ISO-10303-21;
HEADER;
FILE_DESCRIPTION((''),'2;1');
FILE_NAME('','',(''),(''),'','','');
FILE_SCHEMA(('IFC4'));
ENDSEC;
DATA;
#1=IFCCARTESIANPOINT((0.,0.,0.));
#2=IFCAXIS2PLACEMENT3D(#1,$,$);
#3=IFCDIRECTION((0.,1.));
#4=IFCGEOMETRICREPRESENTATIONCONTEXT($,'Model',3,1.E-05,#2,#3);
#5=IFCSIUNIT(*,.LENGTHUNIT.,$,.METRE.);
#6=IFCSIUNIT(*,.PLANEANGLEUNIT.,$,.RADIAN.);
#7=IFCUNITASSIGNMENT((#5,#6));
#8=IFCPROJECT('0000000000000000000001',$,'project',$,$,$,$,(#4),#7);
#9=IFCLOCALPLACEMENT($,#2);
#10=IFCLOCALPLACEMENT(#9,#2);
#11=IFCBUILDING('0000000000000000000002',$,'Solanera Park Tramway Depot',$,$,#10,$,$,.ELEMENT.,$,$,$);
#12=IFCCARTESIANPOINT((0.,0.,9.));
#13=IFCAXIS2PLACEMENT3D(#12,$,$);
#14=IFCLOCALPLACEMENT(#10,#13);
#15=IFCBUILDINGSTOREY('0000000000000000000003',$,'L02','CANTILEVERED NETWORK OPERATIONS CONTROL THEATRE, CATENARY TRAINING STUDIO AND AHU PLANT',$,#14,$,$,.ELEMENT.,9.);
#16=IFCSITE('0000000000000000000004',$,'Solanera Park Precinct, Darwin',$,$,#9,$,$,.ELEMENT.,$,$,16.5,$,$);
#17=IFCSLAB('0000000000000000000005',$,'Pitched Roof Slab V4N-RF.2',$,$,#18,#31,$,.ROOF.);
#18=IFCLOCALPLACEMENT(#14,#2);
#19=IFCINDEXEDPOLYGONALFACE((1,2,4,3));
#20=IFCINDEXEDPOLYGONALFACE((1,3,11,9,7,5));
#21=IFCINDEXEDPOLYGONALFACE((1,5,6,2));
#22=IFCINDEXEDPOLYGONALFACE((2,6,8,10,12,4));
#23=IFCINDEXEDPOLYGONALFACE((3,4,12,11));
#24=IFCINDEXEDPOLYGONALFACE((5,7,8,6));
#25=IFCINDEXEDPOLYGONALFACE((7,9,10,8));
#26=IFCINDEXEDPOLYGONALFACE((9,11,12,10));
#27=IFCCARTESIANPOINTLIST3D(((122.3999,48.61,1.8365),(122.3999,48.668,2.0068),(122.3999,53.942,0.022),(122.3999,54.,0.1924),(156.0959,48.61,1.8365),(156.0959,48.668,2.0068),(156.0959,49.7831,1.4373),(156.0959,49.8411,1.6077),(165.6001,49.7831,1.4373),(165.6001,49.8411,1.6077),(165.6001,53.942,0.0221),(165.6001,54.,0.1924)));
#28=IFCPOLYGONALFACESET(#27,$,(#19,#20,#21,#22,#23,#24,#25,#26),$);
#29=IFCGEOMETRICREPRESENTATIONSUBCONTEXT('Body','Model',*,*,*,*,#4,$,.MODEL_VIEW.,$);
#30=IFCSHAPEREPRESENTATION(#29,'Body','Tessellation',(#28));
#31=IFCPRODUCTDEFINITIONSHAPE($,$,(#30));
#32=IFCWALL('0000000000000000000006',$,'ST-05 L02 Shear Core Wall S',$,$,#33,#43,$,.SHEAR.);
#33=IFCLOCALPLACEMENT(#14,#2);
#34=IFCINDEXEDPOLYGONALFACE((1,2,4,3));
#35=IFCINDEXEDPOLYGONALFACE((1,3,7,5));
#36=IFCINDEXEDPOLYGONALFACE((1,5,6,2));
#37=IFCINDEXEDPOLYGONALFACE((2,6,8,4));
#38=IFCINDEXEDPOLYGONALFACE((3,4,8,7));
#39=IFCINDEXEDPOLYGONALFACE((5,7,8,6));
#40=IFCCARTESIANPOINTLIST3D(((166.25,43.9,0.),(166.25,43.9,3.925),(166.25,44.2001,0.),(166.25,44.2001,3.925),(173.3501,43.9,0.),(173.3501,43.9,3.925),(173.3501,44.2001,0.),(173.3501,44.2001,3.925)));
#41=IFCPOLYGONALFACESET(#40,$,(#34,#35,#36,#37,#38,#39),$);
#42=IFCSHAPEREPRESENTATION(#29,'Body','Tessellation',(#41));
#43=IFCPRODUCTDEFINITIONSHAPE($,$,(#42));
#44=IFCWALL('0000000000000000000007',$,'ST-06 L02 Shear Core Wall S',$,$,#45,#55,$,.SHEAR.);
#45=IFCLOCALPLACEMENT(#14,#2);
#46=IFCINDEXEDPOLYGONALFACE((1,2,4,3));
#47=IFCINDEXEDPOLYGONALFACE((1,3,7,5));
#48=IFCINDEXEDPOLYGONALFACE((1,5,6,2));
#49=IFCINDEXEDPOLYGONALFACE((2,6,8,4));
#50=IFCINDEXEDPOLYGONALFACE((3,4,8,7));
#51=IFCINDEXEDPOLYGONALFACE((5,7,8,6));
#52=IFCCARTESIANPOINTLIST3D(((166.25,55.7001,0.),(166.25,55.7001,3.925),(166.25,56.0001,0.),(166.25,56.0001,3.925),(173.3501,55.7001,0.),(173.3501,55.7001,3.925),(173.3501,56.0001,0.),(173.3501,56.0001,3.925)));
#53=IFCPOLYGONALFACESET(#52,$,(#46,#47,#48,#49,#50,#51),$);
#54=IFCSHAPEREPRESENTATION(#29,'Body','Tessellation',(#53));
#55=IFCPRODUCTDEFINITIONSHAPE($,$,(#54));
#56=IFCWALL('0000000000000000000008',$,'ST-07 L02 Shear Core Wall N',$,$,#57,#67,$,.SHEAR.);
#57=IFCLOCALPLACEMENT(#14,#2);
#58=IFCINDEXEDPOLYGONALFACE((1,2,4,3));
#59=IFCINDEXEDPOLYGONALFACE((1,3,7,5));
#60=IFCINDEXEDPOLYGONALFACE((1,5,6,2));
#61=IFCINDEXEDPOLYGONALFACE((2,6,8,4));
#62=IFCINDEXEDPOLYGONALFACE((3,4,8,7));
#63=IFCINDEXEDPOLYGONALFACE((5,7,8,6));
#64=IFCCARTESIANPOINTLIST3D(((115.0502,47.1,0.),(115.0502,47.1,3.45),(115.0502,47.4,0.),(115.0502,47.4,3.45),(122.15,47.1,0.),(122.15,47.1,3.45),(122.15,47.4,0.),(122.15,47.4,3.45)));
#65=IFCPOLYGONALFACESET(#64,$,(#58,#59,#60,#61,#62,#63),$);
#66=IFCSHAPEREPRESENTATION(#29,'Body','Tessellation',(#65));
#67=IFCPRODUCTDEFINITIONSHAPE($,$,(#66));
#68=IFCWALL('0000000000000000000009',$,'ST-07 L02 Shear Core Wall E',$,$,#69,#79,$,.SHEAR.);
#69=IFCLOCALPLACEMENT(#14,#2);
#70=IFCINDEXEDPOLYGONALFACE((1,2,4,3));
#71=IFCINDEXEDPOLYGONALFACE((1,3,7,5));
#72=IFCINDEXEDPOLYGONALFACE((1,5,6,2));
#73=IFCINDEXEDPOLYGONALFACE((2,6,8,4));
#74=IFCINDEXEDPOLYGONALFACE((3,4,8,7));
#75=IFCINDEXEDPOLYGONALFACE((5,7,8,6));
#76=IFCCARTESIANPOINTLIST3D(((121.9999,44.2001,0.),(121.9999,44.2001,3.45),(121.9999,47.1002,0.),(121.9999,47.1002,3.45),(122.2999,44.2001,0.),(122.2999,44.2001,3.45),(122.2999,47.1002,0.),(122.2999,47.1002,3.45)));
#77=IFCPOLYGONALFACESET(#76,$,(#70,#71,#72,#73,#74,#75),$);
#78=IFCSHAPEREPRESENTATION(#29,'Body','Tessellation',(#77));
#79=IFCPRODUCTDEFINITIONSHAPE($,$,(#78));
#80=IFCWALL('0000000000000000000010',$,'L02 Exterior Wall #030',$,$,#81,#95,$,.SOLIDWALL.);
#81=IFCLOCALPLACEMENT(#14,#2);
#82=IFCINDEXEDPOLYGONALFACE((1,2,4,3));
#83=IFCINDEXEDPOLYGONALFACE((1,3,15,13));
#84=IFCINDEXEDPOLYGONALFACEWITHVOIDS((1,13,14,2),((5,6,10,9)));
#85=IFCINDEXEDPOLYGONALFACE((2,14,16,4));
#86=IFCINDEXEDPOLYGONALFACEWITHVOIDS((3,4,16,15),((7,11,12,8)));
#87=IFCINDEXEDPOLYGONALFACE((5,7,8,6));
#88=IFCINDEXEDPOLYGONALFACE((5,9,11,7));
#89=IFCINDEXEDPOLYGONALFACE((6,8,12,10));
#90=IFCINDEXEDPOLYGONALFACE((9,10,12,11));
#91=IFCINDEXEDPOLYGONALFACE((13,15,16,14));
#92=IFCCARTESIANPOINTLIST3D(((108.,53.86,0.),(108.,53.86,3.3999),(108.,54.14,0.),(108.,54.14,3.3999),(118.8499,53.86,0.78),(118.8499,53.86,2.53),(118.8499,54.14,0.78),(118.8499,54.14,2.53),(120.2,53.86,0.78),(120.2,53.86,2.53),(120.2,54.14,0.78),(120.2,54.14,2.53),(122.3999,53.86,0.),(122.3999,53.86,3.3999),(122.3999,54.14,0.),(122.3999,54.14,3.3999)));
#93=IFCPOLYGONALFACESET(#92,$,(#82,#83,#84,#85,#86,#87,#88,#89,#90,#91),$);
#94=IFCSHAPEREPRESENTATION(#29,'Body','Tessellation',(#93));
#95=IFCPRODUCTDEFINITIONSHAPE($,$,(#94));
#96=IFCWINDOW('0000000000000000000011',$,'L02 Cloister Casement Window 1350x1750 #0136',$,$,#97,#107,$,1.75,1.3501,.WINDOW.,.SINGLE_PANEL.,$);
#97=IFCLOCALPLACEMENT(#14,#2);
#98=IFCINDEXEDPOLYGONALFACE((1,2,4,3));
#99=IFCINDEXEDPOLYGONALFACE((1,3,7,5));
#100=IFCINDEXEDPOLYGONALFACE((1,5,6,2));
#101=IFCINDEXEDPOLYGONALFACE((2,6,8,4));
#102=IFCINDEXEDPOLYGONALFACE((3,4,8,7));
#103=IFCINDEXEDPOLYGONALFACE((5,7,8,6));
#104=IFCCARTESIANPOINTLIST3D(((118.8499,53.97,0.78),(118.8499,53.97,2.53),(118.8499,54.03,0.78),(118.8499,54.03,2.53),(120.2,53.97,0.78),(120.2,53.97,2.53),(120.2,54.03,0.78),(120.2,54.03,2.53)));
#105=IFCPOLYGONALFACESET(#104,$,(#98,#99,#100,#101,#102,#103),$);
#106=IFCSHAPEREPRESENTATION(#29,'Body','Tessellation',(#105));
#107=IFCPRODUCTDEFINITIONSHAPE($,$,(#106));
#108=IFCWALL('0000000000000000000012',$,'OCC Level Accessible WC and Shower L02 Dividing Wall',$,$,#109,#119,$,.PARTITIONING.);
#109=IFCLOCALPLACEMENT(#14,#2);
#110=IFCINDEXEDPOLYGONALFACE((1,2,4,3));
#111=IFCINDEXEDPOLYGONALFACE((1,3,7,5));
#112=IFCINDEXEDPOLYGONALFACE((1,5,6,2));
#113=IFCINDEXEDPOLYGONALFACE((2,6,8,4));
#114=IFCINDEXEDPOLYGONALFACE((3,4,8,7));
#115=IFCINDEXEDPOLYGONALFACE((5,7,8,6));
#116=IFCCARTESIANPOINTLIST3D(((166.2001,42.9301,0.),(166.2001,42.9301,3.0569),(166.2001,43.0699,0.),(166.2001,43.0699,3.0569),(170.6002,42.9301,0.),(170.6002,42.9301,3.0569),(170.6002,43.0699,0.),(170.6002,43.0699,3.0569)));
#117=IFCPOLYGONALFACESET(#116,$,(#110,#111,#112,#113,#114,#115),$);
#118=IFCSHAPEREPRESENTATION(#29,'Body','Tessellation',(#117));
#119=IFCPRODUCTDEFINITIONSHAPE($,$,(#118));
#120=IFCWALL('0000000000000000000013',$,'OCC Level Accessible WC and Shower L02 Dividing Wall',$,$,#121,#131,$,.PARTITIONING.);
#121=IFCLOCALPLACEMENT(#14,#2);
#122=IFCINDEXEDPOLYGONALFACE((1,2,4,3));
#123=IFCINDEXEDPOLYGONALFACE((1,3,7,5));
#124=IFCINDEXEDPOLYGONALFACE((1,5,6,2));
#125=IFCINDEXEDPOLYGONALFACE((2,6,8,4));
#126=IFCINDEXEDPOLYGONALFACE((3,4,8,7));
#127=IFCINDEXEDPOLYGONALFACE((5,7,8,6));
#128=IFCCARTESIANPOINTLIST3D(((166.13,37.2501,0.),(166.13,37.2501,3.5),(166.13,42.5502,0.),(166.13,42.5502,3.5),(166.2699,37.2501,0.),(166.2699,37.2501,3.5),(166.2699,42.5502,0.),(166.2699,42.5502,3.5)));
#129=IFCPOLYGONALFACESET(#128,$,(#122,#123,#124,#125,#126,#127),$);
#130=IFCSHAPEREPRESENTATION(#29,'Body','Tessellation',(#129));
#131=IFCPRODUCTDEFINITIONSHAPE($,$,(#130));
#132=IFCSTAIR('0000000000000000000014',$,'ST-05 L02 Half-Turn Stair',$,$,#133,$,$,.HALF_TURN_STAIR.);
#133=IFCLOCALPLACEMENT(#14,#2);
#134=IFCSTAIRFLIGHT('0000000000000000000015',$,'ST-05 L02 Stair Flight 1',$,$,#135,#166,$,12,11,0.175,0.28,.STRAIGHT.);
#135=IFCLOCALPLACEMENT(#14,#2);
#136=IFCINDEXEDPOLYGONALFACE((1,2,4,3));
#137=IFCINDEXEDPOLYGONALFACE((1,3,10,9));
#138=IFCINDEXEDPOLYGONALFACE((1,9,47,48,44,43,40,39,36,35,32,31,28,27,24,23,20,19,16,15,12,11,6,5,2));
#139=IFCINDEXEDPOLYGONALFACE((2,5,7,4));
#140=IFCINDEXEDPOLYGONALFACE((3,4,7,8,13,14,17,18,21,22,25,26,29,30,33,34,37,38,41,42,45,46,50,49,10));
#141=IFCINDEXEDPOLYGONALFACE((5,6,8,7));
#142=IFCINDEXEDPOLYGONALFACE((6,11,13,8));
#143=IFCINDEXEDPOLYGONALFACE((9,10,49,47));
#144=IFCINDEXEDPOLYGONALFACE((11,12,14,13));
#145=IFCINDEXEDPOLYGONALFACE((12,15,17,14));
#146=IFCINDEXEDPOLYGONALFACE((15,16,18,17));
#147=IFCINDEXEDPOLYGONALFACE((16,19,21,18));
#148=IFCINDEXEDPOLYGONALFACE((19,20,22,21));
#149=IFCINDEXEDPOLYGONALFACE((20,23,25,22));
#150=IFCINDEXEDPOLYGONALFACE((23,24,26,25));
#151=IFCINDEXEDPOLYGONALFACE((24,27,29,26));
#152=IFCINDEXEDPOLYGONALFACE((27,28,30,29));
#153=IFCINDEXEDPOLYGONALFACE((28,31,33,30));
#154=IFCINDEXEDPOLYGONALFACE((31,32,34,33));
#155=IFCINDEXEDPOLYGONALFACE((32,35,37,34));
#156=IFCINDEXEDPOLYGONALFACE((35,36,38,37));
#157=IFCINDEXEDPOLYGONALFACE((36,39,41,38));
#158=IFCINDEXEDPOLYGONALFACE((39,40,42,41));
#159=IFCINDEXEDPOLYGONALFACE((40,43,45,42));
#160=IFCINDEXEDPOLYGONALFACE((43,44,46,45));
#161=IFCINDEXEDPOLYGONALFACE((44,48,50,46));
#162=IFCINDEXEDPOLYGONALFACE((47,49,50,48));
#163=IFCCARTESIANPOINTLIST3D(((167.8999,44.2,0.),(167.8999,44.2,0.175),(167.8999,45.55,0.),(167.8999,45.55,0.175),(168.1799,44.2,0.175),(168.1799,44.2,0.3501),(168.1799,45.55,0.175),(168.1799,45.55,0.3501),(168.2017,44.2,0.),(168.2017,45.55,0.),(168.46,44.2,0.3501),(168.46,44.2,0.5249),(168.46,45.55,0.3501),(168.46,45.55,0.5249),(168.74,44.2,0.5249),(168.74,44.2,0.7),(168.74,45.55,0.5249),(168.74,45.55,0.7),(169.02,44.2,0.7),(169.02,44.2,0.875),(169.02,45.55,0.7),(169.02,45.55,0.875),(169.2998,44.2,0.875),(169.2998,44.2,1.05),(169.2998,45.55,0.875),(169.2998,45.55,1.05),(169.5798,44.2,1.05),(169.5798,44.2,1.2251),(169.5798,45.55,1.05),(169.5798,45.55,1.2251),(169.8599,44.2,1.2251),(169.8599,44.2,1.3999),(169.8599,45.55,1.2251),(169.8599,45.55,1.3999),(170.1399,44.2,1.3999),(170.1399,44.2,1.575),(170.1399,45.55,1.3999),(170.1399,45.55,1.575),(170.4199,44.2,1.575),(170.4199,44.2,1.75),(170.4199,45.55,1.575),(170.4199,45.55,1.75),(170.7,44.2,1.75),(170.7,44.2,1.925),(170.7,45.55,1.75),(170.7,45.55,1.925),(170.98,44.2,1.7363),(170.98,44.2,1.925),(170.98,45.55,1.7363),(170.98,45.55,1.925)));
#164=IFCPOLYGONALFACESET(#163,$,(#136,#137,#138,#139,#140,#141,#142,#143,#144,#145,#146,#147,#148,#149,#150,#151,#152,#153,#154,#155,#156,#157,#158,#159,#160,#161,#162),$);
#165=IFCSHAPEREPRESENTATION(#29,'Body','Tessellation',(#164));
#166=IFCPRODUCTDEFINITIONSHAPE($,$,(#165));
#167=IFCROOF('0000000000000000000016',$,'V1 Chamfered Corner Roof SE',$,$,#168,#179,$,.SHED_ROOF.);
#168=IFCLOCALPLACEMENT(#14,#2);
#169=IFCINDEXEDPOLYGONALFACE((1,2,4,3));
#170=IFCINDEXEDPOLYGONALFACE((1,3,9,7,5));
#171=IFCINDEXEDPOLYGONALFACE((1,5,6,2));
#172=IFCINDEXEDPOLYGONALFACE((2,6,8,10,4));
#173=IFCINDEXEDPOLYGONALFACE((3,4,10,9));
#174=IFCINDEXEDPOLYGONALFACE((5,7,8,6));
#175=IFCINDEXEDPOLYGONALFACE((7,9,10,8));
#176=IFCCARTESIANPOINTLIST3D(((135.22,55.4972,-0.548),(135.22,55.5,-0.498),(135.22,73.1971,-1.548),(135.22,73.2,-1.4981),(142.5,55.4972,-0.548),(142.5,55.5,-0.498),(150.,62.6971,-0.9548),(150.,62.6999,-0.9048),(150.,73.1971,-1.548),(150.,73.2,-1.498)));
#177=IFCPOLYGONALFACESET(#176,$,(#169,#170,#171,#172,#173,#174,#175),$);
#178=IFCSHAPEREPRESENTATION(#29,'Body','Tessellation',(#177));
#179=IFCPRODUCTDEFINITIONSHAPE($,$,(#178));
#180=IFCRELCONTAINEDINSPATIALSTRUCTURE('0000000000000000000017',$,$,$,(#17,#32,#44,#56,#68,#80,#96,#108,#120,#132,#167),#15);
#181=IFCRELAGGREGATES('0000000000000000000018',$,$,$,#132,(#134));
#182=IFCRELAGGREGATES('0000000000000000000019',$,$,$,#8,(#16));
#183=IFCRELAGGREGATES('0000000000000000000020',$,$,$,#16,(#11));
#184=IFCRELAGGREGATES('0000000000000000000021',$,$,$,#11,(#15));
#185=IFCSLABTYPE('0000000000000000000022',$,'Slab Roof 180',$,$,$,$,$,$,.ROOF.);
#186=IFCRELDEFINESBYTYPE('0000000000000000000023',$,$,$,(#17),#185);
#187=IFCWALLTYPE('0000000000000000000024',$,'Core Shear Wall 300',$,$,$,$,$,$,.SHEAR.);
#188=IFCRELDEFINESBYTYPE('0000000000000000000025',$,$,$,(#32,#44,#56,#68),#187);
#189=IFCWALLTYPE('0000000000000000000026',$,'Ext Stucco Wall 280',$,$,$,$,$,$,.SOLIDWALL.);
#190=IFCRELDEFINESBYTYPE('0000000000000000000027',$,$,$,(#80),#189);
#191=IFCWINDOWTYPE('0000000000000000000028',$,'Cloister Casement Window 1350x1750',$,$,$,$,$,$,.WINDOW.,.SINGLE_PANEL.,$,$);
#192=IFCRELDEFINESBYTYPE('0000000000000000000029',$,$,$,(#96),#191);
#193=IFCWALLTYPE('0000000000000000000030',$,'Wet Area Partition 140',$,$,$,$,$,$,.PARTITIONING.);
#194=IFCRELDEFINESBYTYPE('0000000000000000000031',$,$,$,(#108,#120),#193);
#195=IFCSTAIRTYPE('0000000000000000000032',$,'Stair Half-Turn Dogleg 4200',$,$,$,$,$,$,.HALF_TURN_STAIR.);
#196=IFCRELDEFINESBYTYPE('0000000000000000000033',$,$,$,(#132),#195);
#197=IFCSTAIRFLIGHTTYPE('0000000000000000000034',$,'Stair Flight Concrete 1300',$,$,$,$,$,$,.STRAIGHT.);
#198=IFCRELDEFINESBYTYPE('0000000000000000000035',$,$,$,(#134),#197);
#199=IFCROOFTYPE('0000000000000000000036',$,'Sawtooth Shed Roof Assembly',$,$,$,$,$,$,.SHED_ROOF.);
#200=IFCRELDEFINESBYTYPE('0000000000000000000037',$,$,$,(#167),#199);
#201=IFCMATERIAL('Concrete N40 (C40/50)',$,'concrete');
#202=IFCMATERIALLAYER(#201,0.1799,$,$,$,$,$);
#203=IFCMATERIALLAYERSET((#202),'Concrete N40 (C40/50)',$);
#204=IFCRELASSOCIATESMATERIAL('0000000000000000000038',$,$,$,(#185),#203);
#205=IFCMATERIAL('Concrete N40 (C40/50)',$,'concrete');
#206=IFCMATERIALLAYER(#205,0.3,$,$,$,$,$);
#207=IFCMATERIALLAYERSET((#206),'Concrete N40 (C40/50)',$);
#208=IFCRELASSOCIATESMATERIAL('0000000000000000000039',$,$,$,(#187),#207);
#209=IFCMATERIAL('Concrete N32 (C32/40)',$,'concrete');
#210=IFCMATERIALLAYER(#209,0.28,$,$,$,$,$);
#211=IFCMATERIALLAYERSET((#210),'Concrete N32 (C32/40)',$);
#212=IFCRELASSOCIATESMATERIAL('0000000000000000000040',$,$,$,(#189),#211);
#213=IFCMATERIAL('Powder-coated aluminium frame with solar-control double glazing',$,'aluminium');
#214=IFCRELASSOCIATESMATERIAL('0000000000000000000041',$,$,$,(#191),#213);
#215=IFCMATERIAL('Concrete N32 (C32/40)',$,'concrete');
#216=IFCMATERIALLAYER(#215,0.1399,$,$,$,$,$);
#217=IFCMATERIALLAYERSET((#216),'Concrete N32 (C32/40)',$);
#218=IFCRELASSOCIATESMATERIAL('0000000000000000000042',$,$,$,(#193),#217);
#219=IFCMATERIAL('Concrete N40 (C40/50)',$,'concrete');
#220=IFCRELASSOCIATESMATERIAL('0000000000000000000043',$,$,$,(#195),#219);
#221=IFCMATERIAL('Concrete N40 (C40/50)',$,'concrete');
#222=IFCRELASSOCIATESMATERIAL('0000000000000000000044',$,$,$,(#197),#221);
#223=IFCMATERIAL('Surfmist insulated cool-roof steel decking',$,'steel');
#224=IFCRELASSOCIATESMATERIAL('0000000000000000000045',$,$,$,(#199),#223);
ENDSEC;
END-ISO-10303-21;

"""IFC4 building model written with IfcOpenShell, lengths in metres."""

from ifc_helpers import new_model, si_unit, direction, frame, frame_2d, origin, place, context, subcontext, project, spatial, polyline, rectangle, outline, extrude, material, layer, layer_set, type_object, element, fill, aggregate, save


model = new_model("IFC4")

# Units and contexts
model_context = context("Model", 3, precision=1e-05, world=origin(), true_north=direction((0.0, 1.0)))
body_context = subcontext(model_context, "Body", "Model", "MODEL_VIEW")
ifc_project = project(units=[si_unit("LENGTHUNIT", "METRE"), si_unit("PLANEANGLEUNIT", "RADIAN")], contexts=[model_context])

# Site, building, storey
site_placement = place(None, origin())
site = spatial("IfcSite", under=ifc_project, at=site_placement, Name="Solanera Park Precinct, Darwin", CompositionType="ELEMENT", RefElevation=16.5)
building_placement = place(site_placement, origin())
building = spatial("IfcBuilding", under=site, at=building_placement, Name="Solanera Park Tramway Depot", CompositionType="ELEMENT")
storey_placement = place(building_placement, frame((0.0, 0.0, 9.0)))
storey = spatial("IfcBuildingStorey", under=building, at=storey_placement, Name="L02", Description="CANTILEVERED NETWORK OPERATIONS CONTROL THEATRE, CATENARY TRAINING STUDIO AND AHU PLANT", CompositionType="ELEMENT", Elevation=9.0)

# Slab
ifc_material_1 = material(Name="Concrete N40 (C40/50)", Category="concrete")
ifc_layer_1 = layer(ifc_material_1, 0.1799)
ifc_layer_set_1 = layer_set([ifc_layer_1], Name="Concrete N40 (C40/50)")
slab_type_1 = type_object("IfcSlabType", Name="Slab Roof 180", PredefinedType="ROOF", material=ifc_layer_set_1)
for number, where, z_axis, x_axis, name in (
    (1, (122.3999, 48.668, 2.0068), (0.0, 0.322152, 0.946688), (1.0, 0.0, 0.0), "Pitched Roof Slab V4N-RF.2"),
):
    element("IfcSlab", number, at=place(storey_placement, frame(where, z_axis=z_axis, x_axis=x_axis)), inside=storey, type_object=slab_type_1, Name=name, PredefinedType="ROOF", context=body_context, shape_type="SweptSolid", body=[
        extrude(outline(polyline([(0.0, 0.0), (33.696, 0.0), (33.696, 1.2391), (43.2002, 1.2391), (43.2002, 5.6323), (0.0, 5.6323), (0.0, 0.0)])), origin(), (0.0, 0.0, -1.0), 0.1799),
    ])

# Wall
ifc_material_2 = material(Name="Concrete N40 (C40/50)", Category="concrete")
ifc_layer_2 = layer(ifc_material_2, 0.3)
ifc_layer_set_2 = layer_set([ifc_layer_2], Name="Concrete N40 (C40/50)")
wall_type_1 = type_object("IfcWallType", Name="Core Shear Wall 300", PredefinedType="SHEAR", material=ifc_layer_set_2)
wall_1_placement = place(storey_placement, frame((166.25, 44.05, 0.0), z_axis=(0.0, 0.0, 1.0), x_axis=(1.0, 0.0, 0.0)))
element("IfcWall", 2, at=wall_1_placement, inside=storey, type_object=wall_type_1, Name="ST-05 L02 Shear Core Wall S", PredefinedType="SHEAR", context=body_context, shape_type="SweptSolid", body=[
    extrude(rectangle(XDim=7.1001, YDim=0.3, at=frame_2d((3.55, 0.0))), origin(), (0.0, 0.0, 1.0), 3.925),
])

# Wall
wall_2_placement = place(storey_placement, frame((166.25, 55.8501, 0.0), z_axis=(0.0, 0.0, 1.0), x_axis=(1.0, 0.0, 0.0)))
element("IfcWall", 3, at=wall_2_placement, inside=storey, type_object=wall_type_1, Name="ST-06 L02 Shear Core Wall S", PredefinedType="SHEAR", context=body_context, shape_type="SweptSolid", body=[
    extrude(rectangle(XDim=7.1001, YDim=0.3, at=frame_2d((3.55, 0.0))), origin(), (0.0, 0.0, 1.0), 3.925),
])

# Walls
wall_3_placement = place(storey_placement, frame((122.1499, 47.25, 0.0), z_axis=(0.0, 0.0, 1.0), x_axis=(-1.0, 0.0, 0.0)))
element("IfcWall", 4, at=wall_3_placement, inside=storey, type_object=wall_type_1, Name="ST-07 L02 Shear Core Wall N", PredefinedType="SHEAR", context=body_context, shape_type="SweptSolid", body=[
    extrude(rectangle(XDim=7.0999, YDim=0.3, at=frame_2d((3.5498, 0.0))), origin(), (0.0, 0.0, 1.0), 3.45),
])
wall_4_placement = place(storey_placement, frame((122.1499, 44.2, 0.0), z_axis=(0.0, 0.0, 1.0), x_axis=(0.0, 1.0, 0.0)))
element("IfcWall", 5, at=wall_4_placement, inside=storey, type_object=wall_type_1, Name="ST-07 L02 Shear Core Wall E", PredefinedType="SHEAR", context=body_context, shape_type="SweptSolid", body=[
    extrude(rectangle(XDim=2.9001, YDim=0.3, at=frame_2d((1.4502, 0.0))), origin(), (0.0, 0.0, 1.0), 3.45),
])

# Wall, opening, window
ifc_material_3 = material(Name="Concrete N32 (C32/40)", Category="concrete")
ifc_layer_3 = layer(ifc_material_3, 0.28)
ifc_layer_set_3 = layer_set([ifc_layer_3], Name="Concrete N32 (C32/40)")
wall_type_2 = type_object("IfcWallType", Name="Ext Stucco Wall 280", PredefinedType="SOLIDWALL", material=ifc_layer_set_3)
wall_5_placement = place(storey_placement, frame((122.3999, 54.0, 0.0), z_axis=(0.0, 0.0, 1.0), x_axis=(-1.0, 0.0, 0.0)))
wall_5 = element("IfcWall", 6, at=wall_5_placement, inside=storey, type_object=wall_type_2, Name="L02 Exterior Wall #030", PredefinedType="SOLIDWALL", context=body_context, shape_type="SweptSolid", body=[
    extrude(rectangle(XDim=14.3999, YDim=0.28, at=frame_2d((7.2, 0.0))), origin(), (0.0, 0.0, 1.0), 3.3999),
])
opening_1_placement = place(wall_5_placement, frame((2.2, 0.0, 0.78)))
opening_1 = element("IfcOpeningElement", 7, at=opening_1_placement, cuts=wall_5, PredefinedType="OPENING", context=body_context, shape_type="SweptSolid", body=[
    extrude(rectangle(XDim=1.3501, YDim=1.75, at=frame_2d((0.675, 0.875))), frame((0.0, 0.1499, 0.0), z_axis=(0.0, -1.0, 0.0), x_axis=(1.0, 0.0, 0.0)), (0.0, 0.0, 1.0), 0.3),
])
ifc_material_4 = material(Name="Powder-coated aluminium frame with solar-control double glazing", Category="aluminium")
window_type = type_object("IfcWindowType", Name="Cloister Casement Window 1350x1750", PartitioningType="SINGLE_PANEL", PredefinedType="WINDOW", material=ifc_material_4)
window_placement = place(opening_1_placement, origin())
window = element("IfcWindow", 8, at=window_placement, inside=storey, type_object=window_type, Name="L02 Cloister Casement Window 1350x1750 #0136", OverallHeight=1.75, OverallWidth=1.3501, PartitioningType="SINGLE_PANEL", PredefinedType="WINDOW", context=body_context, shape_type="SweptSolid", body=[
    extrude(rectangle(XDim=1.3501, YDim=1.75, at=frame_2d((0.675, 0.875))), frame((0.0, 0.03, 0.0), z_axis=(0.0, -1.0, 0.0), x_axis=(1.0, 0.0, 0.0)), (0.0, 0.0, 1.0), 0.0601),
])
fill(opening_1, window)

# Walls
ifc_material_5 = material(Name="Concrete N32 (C32/40)", Category="concrete")
ifc_layer_4 = layer(ifc_material_5, 0.1399)
ifc_layer_set_4 = layer_set([ifc_layer_4], Name="Concrete N32 (C32/40)")
wall_type_3 = type_object("IfcWallType", Name="Wet Area Partition 140", PredefinedType="PARTITIONING", material=ifc_layer_set_4)
wall_6_placement = place(storey_placement, frame((166.2, 43.0, 0.0), z_axis=(0.0, 0.0, 1.0), x_axis=(1.0, 0.0, 0.0)))
element("IfcWall", 9, at=wall_6_placement, inside=storey, type_object=wall_type_3, Name="OCC Level Accessible WC and Shower L02 Dividing Wall", PredefinedType="PARTITIONING", context=body_context, shape_type="SweptSolid", body=[
    extrude(rectangle(XDim=4.4001, YDim=0.1399, at=frame_2d((2.2002, 0.0))), origin(), (0.0, 0.0, 1.0), 3.0569),
])
wall_7_placement = place(storey_placement, frame((166.2, 42.55, 0.0), z_axis=(0.0, 0.0, 1.0), x_axis=(0.0, -1.0, 0.0)))
element("IfcWall", 10, at=wall_7_placement, inside=storey, type_object=wall_type_3, Name="OCC Level Accessible WC and Shower L02 Dividing Wall", PredefinedType="PARTITIONING", context=body_context, shape_type="SweptSolid", body=[
    extrude(rectangle(XDim=5.3, YDim=0.1399, at=frame_2d((2.6499, 0.0))), origin(), (0.0, 0.0, 1.0), 3.5),
])

# Stair, stair flight
ifc_material_6 = material(Name="Concrete N40 (C40/50)", Category="concrete")
stair_type = type_object("IfcStairType", Name="Stair Half-Turn Dogleg 4200", PredefinedType="HALF_TURN_STAIR", material=ifc_material_6)
stair_placement = place(storey_placement, origin())
stair = element("IfcStair", 11, at=stair_placement, inside=storey, type_object=stair_type, Name="ST-05 L02 Half-Turn Stair", PredefinedType="HALF_TURN_STAIR")
ifc_material_7 = material(Name="Concrete N40 (C40/50)", Category="concrete")
stair_flight_type = type_object("IfcStairFlightType", Name="Stair Flight Concrete 1300", PredefinedType="STRAIGHT", material=ifc_material_7)
stair_flight_placement = place(storey_placement, frame((167.8999, 44.875, 0.0), z_axis=(0.0, 0.0, 1.0), x_axis=(1.0, 0.0, 0.0)))
stair_flight = element("IfcStairFlight", 12, at=stair_flight_placement, type_object=stair_flight_type, Name="ST-05 L02 Stair Flight 1", NumberOfRisers=12, NumberOfTreads=11, PredefinedType="STRAIGHT", RiserHeight=0.175, TreadLength=0.28, context=body_context, shape_type="SweptSolid", body=[
    extrude(outline(polyline([(0.0, 0.0), (0.0, 0.175), (0.28, 0.175), (0.28, 0.3501), (0.5601, 0.3501), (0.5601, 0.5249), (0.8401, 0.5249), (0.8401, 0.7), (1.1201, 0.7), (1.1201, 0.875), (1.3999, 0.875), (1.3999, 1.05), (1.6799, 1.05), (1.6799, 1.2251), (1.96, 1.2251), (1.96, 1.3999), (2.24, 1.3999), (2.24, 1.575), (2.52, 1.575), (2.52, 1.75), (2.8, 1.75), (2.8, 1.925), (3.0801, 1.925), (3.0801, 2.1001), (3.0801, 1.7363), (0.3018, 0.0), (0.0, 0.0)])), frame((0.0, 0.675, 0.0), z_axis=(0.0, -1.0, 0.0), x_axis=(1.0, 0.0, 0.0)), (0.0, 0.0, 1.0), 1.3501),
])
aggregate(stair, [stair_flight])

# Roof
ifc_material_8 = material(Name="Surfmist insulated cool-roof steel decking", Category="steel")
roof_type_1 = type_object("IfcRoofType", Name="Sawtooth Shed Roof Assembly", PredefinedType="SHED_ROOF", material=ifc_material_8)
roof_1_placement = place(storey_placement, frame((135.22, 55.5, -0.498), z_axis=(-0.000001, 0.056408, 0.998408), x_axis=(1.0, 0.0, 0.000001)))
element("IfcRoof", 13, at=roof_1_placement, inside=storey, type_object=roof_type_1, Name="V1 Chamfered Corner Roof SE", PredefinedType="SHED_ROOF", context=body_context, shape_type="SweptSolid", body=[
    extrude(outline(polyline([(0.0, 0.0), (7.28, 0.0), (14.78, 7.2114), (14.78, 17.7282), (0.0, 17.7282), (0.0, 0.0)])), origin(), (0.0, 0.0, -1.0), 0.05),
])

save(model, "model.ifc")
